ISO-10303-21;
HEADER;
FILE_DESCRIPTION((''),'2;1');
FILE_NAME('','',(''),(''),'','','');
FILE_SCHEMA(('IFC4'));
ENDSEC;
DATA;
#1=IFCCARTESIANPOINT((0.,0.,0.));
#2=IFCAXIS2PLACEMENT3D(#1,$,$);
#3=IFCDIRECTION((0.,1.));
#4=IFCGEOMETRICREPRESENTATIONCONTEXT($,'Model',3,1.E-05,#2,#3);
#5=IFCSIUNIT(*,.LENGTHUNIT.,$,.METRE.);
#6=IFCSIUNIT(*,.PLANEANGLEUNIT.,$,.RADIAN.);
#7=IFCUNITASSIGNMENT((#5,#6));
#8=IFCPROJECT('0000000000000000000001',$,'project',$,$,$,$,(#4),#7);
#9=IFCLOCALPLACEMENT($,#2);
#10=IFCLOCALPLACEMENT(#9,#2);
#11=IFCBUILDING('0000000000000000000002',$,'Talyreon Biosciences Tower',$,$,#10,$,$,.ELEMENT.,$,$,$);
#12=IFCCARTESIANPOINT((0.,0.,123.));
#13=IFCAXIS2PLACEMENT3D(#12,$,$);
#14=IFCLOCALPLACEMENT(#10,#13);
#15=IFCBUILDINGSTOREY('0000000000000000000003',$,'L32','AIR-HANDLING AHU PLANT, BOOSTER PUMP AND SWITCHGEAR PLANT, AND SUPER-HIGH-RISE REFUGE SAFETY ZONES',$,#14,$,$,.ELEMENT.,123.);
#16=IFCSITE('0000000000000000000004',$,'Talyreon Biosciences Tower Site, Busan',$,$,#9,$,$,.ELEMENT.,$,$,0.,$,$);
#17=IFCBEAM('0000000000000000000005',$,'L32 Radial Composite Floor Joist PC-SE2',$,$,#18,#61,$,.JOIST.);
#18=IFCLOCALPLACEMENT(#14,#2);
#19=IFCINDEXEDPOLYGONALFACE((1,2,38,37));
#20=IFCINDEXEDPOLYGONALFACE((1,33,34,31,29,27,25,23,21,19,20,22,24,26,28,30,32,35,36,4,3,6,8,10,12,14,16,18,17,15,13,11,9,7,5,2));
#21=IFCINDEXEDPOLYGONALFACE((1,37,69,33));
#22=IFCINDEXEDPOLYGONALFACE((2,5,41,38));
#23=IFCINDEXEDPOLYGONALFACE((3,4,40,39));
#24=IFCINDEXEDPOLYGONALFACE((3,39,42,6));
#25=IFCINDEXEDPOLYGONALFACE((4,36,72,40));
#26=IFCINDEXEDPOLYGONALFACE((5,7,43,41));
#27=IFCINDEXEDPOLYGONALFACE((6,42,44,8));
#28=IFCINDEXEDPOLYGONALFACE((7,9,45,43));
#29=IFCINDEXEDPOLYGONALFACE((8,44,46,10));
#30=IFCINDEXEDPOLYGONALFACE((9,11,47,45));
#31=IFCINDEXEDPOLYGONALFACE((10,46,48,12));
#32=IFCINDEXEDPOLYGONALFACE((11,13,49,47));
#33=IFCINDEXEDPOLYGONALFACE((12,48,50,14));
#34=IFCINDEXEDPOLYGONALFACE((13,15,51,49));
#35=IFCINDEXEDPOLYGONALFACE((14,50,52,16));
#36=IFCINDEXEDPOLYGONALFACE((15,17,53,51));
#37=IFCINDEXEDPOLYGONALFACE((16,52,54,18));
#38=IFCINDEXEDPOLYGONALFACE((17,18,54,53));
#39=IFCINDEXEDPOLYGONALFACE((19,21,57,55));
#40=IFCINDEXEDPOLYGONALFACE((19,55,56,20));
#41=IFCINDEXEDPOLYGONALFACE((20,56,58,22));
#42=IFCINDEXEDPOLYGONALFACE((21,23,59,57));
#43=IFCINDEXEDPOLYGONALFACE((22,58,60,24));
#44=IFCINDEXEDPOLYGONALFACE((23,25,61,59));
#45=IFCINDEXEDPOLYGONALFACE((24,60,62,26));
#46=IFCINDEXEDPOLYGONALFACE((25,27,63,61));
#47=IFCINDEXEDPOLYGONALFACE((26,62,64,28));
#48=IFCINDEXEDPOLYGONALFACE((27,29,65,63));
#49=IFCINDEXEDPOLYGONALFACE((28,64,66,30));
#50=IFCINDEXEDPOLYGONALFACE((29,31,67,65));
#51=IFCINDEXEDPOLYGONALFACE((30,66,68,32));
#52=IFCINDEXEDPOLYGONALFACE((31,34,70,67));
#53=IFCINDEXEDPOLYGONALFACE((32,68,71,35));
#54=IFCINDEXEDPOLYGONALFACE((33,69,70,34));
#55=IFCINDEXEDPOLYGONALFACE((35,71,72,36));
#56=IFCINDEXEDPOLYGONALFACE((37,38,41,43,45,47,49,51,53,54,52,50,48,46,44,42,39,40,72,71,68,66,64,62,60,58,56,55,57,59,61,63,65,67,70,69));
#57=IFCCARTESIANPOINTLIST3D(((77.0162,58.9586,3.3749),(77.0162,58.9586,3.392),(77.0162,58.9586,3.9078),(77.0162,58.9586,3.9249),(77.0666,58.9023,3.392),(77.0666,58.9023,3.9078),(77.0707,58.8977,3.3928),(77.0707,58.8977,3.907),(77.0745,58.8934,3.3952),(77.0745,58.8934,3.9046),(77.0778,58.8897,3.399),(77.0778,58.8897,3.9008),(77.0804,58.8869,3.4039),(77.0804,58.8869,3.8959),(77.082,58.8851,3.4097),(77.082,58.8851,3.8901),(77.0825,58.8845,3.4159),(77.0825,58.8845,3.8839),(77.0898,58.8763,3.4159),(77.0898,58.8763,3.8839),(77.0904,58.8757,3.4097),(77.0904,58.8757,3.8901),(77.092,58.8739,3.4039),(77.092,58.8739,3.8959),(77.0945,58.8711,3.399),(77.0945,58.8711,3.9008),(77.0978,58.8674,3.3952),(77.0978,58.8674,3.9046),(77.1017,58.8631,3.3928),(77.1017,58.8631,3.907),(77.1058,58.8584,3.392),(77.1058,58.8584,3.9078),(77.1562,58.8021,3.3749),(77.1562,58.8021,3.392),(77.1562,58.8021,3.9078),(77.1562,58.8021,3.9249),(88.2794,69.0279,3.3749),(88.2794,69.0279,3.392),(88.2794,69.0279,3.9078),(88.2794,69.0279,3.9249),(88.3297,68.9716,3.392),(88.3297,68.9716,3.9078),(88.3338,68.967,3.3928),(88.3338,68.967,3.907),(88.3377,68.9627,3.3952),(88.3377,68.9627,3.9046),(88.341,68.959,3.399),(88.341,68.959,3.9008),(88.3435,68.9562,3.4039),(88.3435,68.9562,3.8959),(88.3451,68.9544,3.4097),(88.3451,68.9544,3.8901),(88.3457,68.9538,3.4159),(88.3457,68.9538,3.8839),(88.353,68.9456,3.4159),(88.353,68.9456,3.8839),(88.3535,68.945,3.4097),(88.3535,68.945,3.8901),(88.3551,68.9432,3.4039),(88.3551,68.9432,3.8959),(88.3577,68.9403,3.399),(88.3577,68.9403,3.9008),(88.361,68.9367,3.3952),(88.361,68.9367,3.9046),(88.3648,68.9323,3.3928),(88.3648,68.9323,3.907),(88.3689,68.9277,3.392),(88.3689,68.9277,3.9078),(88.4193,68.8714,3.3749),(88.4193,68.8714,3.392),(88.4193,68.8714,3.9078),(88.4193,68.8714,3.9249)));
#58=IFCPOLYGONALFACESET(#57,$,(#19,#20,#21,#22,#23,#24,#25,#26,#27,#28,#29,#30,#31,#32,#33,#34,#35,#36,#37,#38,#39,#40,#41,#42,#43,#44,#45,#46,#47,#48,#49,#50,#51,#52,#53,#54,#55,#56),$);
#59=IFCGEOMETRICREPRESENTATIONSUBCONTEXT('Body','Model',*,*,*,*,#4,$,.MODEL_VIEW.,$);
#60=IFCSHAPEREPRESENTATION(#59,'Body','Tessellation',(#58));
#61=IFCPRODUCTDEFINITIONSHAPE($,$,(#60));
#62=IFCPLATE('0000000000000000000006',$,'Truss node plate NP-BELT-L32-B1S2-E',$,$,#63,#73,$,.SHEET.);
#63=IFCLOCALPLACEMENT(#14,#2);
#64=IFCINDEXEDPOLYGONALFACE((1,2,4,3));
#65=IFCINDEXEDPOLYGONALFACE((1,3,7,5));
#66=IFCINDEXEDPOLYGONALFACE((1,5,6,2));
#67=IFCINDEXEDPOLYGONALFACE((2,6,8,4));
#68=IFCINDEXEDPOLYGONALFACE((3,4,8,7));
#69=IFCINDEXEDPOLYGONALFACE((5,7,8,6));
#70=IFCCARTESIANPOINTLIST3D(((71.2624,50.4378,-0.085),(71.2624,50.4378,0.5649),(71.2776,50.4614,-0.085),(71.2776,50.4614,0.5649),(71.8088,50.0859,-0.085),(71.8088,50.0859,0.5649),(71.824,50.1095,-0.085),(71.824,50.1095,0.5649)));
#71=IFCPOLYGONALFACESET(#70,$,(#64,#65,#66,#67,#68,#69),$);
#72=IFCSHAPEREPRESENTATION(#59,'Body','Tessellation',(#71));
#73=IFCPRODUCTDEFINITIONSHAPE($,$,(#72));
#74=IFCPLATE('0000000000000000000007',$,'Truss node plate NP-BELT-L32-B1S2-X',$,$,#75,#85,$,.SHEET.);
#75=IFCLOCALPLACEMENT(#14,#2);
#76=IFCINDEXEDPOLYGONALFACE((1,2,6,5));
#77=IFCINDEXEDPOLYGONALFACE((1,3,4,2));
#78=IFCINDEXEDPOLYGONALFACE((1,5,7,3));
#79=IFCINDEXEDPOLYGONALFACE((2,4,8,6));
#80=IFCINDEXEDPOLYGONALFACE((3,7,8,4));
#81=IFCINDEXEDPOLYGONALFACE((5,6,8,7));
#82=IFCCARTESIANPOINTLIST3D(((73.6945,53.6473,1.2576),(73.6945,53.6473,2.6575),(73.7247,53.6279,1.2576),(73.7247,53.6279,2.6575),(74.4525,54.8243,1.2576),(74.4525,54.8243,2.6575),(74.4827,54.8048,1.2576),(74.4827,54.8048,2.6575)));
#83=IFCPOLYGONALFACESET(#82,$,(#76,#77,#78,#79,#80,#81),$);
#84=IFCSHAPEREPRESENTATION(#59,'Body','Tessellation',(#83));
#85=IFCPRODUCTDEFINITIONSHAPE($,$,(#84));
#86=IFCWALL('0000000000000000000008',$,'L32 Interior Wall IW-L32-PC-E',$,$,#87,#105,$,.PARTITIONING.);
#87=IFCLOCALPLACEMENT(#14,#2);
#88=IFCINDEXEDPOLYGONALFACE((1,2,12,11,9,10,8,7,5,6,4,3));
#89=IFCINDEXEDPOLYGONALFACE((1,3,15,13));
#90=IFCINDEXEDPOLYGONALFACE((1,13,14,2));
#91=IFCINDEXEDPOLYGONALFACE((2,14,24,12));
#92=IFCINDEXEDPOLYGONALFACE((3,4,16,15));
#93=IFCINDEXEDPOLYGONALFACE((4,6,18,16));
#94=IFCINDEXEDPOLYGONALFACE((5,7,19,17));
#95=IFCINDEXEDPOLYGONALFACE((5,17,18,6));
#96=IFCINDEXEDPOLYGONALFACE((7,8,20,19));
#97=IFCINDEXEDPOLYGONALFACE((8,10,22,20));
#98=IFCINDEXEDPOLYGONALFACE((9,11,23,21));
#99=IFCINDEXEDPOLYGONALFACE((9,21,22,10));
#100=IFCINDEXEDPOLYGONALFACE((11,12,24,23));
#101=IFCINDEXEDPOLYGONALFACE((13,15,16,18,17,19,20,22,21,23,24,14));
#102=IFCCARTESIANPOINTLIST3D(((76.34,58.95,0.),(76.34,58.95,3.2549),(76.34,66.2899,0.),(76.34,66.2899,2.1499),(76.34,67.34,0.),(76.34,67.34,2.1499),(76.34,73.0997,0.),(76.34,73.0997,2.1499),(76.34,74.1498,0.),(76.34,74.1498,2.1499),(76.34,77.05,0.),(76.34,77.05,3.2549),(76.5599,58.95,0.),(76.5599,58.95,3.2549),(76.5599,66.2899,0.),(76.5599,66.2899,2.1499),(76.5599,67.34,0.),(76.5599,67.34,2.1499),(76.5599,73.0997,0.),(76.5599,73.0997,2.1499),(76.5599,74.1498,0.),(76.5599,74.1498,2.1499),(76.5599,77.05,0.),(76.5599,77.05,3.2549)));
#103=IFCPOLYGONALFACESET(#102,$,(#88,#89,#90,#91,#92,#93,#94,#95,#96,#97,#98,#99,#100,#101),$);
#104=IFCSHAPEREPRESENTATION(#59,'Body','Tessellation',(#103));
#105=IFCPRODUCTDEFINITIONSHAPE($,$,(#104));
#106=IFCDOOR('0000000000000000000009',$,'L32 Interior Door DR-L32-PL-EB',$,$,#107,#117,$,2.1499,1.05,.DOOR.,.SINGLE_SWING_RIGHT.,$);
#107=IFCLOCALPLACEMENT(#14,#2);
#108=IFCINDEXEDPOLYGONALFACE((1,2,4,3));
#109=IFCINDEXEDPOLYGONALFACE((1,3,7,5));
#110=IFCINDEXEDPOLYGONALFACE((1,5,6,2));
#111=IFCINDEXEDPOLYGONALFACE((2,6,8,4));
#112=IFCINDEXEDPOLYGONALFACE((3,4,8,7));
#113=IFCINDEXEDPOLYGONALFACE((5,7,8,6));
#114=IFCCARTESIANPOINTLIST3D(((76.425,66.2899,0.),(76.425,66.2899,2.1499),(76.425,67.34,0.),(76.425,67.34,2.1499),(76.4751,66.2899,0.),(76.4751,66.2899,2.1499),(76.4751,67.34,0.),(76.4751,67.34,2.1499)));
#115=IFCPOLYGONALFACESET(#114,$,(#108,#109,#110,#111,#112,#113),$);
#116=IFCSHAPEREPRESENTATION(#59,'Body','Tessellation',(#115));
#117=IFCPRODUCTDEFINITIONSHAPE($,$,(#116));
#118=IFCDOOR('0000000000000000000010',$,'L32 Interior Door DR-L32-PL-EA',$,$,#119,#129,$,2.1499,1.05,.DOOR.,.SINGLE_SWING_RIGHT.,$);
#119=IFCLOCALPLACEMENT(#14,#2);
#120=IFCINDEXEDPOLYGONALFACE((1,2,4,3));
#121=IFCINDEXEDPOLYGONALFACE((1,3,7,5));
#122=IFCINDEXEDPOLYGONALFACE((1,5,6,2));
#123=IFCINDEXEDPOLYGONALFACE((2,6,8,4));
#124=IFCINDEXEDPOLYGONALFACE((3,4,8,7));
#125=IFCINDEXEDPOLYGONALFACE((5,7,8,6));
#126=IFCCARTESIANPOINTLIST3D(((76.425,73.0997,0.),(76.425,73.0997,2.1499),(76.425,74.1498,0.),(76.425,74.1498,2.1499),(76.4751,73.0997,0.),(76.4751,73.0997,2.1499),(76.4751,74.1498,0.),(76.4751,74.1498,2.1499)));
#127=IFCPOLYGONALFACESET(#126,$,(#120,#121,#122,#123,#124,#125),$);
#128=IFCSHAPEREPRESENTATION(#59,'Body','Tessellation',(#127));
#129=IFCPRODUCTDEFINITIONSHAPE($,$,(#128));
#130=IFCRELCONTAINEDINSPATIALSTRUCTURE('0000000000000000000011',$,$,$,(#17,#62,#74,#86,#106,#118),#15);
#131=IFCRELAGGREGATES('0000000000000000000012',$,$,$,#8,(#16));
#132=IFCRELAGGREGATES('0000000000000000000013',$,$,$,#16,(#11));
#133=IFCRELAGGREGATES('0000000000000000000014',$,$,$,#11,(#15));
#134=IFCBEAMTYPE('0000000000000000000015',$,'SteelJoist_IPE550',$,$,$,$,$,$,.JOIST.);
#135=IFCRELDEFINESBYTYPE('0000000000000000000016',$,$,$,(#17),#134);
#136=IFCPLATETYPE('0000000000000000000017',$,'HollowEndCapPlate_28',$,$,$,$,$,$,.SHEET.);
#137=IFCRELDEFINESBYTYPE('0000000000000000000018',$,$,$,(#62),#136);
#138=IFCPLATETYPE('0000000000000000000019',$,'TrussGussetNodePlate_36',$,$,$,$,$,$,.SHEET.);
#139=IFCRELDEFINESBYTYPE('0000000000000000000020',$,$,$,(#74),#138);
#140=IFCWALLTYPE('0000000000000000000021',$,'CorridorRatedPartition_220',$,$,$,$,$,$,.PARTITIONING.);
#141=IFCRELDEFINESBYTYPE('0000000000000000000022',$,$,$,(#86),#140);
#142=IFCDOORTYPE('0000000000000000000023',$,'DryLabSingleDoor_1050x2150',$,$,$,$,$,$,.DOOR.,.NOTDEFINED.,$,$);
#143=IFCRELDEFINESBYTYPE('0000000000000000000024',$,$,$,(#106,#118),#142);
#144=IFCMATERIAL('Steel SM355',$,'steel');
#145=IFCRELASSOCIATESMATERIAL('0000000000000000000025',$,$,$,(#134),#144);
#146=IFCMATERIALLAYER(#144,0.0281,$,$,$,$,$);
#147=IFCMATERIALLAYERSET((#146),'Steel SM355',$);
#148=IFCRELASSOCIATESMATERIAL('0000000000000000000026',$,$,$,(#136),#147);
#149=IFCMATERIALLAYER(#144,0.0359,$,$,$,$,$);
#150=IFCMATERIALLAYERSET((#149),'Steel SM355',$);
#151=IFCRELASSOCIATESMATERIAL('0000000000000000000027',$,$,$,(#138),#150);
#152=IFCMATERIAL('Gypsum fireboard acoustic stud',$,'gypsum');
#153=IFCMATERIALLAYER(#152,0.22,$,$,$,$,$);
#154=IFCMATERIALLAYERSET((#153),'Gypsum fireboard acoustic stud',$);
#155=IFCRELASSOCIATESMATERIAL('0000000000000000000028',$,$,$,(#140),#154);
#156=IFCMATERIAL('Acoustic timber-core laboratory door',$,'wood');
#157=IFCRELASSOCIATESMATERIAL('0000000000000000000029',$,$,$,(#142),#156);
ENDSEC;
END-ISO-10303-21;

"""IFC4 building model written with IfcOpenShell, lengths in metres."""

from ifc_helpers import new_model, si_unit, direction, frame, frame_2d, origin, origin_2d, place, context, subcontext, project, spatial, rectangle, i_section, extrude, material, layer, layer_set, material_profile, profile_set, type_object, element, fill, save


model = new_model("IFC4")

# Units and contexts
model_context = context("Model", 3, precision=1e-05, world=origin(), true_north=direction((0.0, 1.0)))
body_context = subcontext(model_context, "Body", "Model", "MODEL_VIEW")
ifc_project = project(units=[si_unit("LENGTHUNIT", "METRE"), si_unit("PLANEANGLEUNIT", "RADIAN")], contexts=[model_context])

# Site, building, storey
site_placement = place(None, origin())
site = spatial("IfcSite", under=ifc_project, at=site_placement, Name="Talyreon Biosciences Tower Site, Busan", CompositionType="ELEMENT", RefElevation=0.0)
building_placement = place(site_placement, origin())
building = spatial("IfcBuilding", under=site, at=building_placement, Name="Talyreon Biosciences Tower", CompositionType="ELEMENT")
storey_placement = place(building_placement, frame((0.0, 0.0, 123.0)))
storey = spatial("IfcBuildingStorey", under=building, at=storey_placement, Name="L32", Description="AIR-HANDLING AHU PLANT, BOOSTER PUMP AND SWITCHGEAR PLANT, AND SUPER-HIGH-RISE REFUGE SAFETY ZONES", CompositionType="ELEMENT", Elevation=123.0)

# Shared definitions
ifc_material_1 = material(Name="Steel SM355", Category="steel")

# Beam
ifc_material_profile_1 = material_profile(ifc_material_1, i_section(OverallWidth=0.21, OverallDepth=0.55, WebThickness=0.011, FlangeThickness=0.0171, FilletRadius=0.0239, at=origin_2d()), Name="IPE550")
ifc_profile_set_1 = profile_set([ifc_material_profile_1], Name="Steel SM355")
beam_type_1 = type_object("IfcBeamType", Name="SteelJoist_IPE550", PredefinedType="JOIST", material=ifc_profile_set_1)
beam_1_placement = place(storey_placement, frame((77.0862, 58.8804, 3.6499), z_axis=(0.745513, 0.666492, 0.0), x_axis=(-0.666492, 0.745513, 0.0)))
element("IfcBeam", 1, at=beam_1_placement, inside=storey, type_object=beam_type_1, Name="L32 Radial Composite Floor Joist PC-SE2", PredefinedType="JOIST", context=body_context, shape_type="SweptSolid", body=[
    extrude(i_section(OverallWidth=0.21, OverallDepth=0.55, WebThickness=0.011, FlangeThickness=0.0171, FilletRadius=0.0239, at=origin_2d()), origin(), (0.0, 0.0, 1.0), 15.1079),
])

# Plates
ifc_layer_1 = layer(ifc_material_1, 0.0281)
ifc_layer_set_1 = layer_set([ifc_layer_1], Name="Steel SM355")
plate_type_1 = type_object("IfcPlateType", Name="HollowEndCapPlate_28", PredefinedType="SHEET", material=ifc_layer_set_1)
plate_1_placement = place(storey_placement, frame((71.5432, 50.2737, -0.085), z_axis=(0.0, 0.0, 1.0), x_axis=(-0.840727, 0.541459, 0.0)))
element("IfcPlate", 2, at=plate_1_placement, inside=storey, type_object=plate_type_1, Name="Truss node plate NP-BELT-L32-B1S2-E", PredefinedType="SHEET", context=body_context, shape_type="SweptSolid", body=[
    extrude(rectangle(XDim=0.6499, YDim=0.0281, at=origin_2d()), origin(), (0.0, 0.0, 1.0), 0.6499),
])
ifc_layer_2 = layer(ifc_material_1, 0.0359)
ifc_layer_set_2 = layer_set([ifc_layer_2], Name="Steel SM355")
plate_type_2 = type_object("IfcPlateType", Name="TrussGussetNodePlate_36", PredefinedType="SHEET", material=ifc_layer_set_2)
plate_2_placement = place(storey_placement, frame((74.0886, 54.2261, 1.2576), z_axis=(0.0, 0.0, 1.0), x_axis=(0.541459, 0.840727, 0.0)))
element("IfcPlate", 3, at=plate_2_placement, inside=storey, type_object=plate_type_2, Name="Truss node plate NP-BELT-L32-B1S2-X", PredefinedType="SHEET", context=body_context, shape_type="SweptSolid", body=[
    extrude(rectangle(XDim=1.3999, YDim=0.0359, at=origin_2d()), origin(), (0.0, 0.0, 1.0), 1.3999),
])

# Shared definitions
ifc_material_2 = material(Name="Gypsum fireboard acoustic stud", Category="gypsum")
ifc_layer_3 = layer(ifc_material_2, 0.22)
ifc_layer_set_3 = layer_set([ifc_layer_3], Name="Gypsum fireboard acoustic stud")
wall_type = type_object("IfcWallType", Name="CorridorRatedPartition_220", PredefinedType="PARTITIONING", material=ifc_layer_set_3)

# Wall, openings, doors
wall_1_placement = place(storey_placement, frame((76.45, 58.95, 0.0), z_axis=(0.0, 0.0, 1.0), x_axis=(0.0, 1.0, 0.0)))
wall_1 = element("IfcWall", 4, at=wall_1_placement, inside=storey, type_object=wall_type, Name="L32 Interior Wall IW-L32-PC-E", PredefinedType="PARTITIONING", context=body_context, shape_type="SweptSolid", body=[
    extrude(rectangle(XDim=18.1001, YDim=0.22, at=frame_2d((9.05, 0.0))), origin(), (0.0, 0.0, 1.0), 3.2549),
])
opening_1_placement = place(wall_1_placement, frame((7.3401, 0.0, 0.0)))
opening_1 = element("IfcOpeningElement", 5, at=opening_1_placement, cuts=wall_1, PredefinedType="OPENING", context=body_context, shape_type="SweptSolid", body=[
    extrude(rectangle(XDim=1.05, YDim=2.1499, at=frame_2d((0.5249, 1.075))), frame((0.0, 0.1199, 0.0), z_axis=(0.0, -1.0, 0.0), x_axis=(1.0, 0.0, 0.0)), (0.0, 0.0, 1.0), 0.24),
])
opening_2_placement = place(wall_1_placement, frame((14.1499, 0.0, 0.0)))
opening_2 = element("IfcOpeningElement", 6, at=opening_2_placement, cuts=wall_1, PredefinedType="OPENING", context=body_context, shape_type="SweptSolid", body=[
    extrude(rectangle(XDim=1.05, YDim=2.1499, at=frame_2d((0.5249, 1.075))), frame((0.0, 0.1199, 0.0), z_axis=(0.0, -1.0, 0.0), x_axis=(1.0, 0.0, 0.0)), (0.0, 0.0, 1.0), 0.24),
])
ifc_material_3 = material(Name="Acoustic timber-core laboratory door", Category="wood")
door_type = type_object("IfcDoorType", Name="DryLabSingleDoor_1050x2150", OperationType="NOTDEFINED", PredefinedType="DOOR", material=ifc_material_3)
door_1_placement = place(opening_1_placement, origin())
door_1 = element("IfcDoor", 7, at=door_1_placement, inside=storey, type_object=door_type, Name="L32 Interior Door DR-L32-PL-EB", OperationType="SINGLE_SWING_RIGHT", OverallHeight=2.1499, OverallWidth=1.05, PredefinedType="DOOR", context=body_context, shape_type="SweptSolid", body=[
    extrude(rectangle(XDim=1.05, YDim=2.1499, at=frame_2d((0.5249, 1.075))), frame((0.0, 0.0249, 0.0), z_axis=(0.0, -1.0, 0.0), x_axis=(1.0, 0.0, 0.0)), (0.0, 0.0, 1.0), 0.05),
])
fill(opening_1, door_1)
door_2_placement = place(opening_2_placement, origin())
door_2 = element("IfcDoor", 8, at=door_2_placement, inside=storey, type_object=door_type, Name="L32 Interior Door DR-L32-PL-EA", OperationType="SINGLE_SWING_RIGHT", OverallHeight=2.1499, OverallWidth=1.05, PredefinedType="DOOR", context=body_context, shape_type="SweptSolid", body=[
    extrude(rectangle(XDim=1.05, YDim=2.1499, at=frame_2d((0.5249, 1.075))), frame((0.0, 0.0249, 0.0), z_axis=(0.0, -1.0, 0.0), x_axis=(1.0, 0.0, 0.0)), (0.0, 0.0, 1.0), 0.05),
])
fill(opening_2, door_2)

save(model, "model.ifc")
